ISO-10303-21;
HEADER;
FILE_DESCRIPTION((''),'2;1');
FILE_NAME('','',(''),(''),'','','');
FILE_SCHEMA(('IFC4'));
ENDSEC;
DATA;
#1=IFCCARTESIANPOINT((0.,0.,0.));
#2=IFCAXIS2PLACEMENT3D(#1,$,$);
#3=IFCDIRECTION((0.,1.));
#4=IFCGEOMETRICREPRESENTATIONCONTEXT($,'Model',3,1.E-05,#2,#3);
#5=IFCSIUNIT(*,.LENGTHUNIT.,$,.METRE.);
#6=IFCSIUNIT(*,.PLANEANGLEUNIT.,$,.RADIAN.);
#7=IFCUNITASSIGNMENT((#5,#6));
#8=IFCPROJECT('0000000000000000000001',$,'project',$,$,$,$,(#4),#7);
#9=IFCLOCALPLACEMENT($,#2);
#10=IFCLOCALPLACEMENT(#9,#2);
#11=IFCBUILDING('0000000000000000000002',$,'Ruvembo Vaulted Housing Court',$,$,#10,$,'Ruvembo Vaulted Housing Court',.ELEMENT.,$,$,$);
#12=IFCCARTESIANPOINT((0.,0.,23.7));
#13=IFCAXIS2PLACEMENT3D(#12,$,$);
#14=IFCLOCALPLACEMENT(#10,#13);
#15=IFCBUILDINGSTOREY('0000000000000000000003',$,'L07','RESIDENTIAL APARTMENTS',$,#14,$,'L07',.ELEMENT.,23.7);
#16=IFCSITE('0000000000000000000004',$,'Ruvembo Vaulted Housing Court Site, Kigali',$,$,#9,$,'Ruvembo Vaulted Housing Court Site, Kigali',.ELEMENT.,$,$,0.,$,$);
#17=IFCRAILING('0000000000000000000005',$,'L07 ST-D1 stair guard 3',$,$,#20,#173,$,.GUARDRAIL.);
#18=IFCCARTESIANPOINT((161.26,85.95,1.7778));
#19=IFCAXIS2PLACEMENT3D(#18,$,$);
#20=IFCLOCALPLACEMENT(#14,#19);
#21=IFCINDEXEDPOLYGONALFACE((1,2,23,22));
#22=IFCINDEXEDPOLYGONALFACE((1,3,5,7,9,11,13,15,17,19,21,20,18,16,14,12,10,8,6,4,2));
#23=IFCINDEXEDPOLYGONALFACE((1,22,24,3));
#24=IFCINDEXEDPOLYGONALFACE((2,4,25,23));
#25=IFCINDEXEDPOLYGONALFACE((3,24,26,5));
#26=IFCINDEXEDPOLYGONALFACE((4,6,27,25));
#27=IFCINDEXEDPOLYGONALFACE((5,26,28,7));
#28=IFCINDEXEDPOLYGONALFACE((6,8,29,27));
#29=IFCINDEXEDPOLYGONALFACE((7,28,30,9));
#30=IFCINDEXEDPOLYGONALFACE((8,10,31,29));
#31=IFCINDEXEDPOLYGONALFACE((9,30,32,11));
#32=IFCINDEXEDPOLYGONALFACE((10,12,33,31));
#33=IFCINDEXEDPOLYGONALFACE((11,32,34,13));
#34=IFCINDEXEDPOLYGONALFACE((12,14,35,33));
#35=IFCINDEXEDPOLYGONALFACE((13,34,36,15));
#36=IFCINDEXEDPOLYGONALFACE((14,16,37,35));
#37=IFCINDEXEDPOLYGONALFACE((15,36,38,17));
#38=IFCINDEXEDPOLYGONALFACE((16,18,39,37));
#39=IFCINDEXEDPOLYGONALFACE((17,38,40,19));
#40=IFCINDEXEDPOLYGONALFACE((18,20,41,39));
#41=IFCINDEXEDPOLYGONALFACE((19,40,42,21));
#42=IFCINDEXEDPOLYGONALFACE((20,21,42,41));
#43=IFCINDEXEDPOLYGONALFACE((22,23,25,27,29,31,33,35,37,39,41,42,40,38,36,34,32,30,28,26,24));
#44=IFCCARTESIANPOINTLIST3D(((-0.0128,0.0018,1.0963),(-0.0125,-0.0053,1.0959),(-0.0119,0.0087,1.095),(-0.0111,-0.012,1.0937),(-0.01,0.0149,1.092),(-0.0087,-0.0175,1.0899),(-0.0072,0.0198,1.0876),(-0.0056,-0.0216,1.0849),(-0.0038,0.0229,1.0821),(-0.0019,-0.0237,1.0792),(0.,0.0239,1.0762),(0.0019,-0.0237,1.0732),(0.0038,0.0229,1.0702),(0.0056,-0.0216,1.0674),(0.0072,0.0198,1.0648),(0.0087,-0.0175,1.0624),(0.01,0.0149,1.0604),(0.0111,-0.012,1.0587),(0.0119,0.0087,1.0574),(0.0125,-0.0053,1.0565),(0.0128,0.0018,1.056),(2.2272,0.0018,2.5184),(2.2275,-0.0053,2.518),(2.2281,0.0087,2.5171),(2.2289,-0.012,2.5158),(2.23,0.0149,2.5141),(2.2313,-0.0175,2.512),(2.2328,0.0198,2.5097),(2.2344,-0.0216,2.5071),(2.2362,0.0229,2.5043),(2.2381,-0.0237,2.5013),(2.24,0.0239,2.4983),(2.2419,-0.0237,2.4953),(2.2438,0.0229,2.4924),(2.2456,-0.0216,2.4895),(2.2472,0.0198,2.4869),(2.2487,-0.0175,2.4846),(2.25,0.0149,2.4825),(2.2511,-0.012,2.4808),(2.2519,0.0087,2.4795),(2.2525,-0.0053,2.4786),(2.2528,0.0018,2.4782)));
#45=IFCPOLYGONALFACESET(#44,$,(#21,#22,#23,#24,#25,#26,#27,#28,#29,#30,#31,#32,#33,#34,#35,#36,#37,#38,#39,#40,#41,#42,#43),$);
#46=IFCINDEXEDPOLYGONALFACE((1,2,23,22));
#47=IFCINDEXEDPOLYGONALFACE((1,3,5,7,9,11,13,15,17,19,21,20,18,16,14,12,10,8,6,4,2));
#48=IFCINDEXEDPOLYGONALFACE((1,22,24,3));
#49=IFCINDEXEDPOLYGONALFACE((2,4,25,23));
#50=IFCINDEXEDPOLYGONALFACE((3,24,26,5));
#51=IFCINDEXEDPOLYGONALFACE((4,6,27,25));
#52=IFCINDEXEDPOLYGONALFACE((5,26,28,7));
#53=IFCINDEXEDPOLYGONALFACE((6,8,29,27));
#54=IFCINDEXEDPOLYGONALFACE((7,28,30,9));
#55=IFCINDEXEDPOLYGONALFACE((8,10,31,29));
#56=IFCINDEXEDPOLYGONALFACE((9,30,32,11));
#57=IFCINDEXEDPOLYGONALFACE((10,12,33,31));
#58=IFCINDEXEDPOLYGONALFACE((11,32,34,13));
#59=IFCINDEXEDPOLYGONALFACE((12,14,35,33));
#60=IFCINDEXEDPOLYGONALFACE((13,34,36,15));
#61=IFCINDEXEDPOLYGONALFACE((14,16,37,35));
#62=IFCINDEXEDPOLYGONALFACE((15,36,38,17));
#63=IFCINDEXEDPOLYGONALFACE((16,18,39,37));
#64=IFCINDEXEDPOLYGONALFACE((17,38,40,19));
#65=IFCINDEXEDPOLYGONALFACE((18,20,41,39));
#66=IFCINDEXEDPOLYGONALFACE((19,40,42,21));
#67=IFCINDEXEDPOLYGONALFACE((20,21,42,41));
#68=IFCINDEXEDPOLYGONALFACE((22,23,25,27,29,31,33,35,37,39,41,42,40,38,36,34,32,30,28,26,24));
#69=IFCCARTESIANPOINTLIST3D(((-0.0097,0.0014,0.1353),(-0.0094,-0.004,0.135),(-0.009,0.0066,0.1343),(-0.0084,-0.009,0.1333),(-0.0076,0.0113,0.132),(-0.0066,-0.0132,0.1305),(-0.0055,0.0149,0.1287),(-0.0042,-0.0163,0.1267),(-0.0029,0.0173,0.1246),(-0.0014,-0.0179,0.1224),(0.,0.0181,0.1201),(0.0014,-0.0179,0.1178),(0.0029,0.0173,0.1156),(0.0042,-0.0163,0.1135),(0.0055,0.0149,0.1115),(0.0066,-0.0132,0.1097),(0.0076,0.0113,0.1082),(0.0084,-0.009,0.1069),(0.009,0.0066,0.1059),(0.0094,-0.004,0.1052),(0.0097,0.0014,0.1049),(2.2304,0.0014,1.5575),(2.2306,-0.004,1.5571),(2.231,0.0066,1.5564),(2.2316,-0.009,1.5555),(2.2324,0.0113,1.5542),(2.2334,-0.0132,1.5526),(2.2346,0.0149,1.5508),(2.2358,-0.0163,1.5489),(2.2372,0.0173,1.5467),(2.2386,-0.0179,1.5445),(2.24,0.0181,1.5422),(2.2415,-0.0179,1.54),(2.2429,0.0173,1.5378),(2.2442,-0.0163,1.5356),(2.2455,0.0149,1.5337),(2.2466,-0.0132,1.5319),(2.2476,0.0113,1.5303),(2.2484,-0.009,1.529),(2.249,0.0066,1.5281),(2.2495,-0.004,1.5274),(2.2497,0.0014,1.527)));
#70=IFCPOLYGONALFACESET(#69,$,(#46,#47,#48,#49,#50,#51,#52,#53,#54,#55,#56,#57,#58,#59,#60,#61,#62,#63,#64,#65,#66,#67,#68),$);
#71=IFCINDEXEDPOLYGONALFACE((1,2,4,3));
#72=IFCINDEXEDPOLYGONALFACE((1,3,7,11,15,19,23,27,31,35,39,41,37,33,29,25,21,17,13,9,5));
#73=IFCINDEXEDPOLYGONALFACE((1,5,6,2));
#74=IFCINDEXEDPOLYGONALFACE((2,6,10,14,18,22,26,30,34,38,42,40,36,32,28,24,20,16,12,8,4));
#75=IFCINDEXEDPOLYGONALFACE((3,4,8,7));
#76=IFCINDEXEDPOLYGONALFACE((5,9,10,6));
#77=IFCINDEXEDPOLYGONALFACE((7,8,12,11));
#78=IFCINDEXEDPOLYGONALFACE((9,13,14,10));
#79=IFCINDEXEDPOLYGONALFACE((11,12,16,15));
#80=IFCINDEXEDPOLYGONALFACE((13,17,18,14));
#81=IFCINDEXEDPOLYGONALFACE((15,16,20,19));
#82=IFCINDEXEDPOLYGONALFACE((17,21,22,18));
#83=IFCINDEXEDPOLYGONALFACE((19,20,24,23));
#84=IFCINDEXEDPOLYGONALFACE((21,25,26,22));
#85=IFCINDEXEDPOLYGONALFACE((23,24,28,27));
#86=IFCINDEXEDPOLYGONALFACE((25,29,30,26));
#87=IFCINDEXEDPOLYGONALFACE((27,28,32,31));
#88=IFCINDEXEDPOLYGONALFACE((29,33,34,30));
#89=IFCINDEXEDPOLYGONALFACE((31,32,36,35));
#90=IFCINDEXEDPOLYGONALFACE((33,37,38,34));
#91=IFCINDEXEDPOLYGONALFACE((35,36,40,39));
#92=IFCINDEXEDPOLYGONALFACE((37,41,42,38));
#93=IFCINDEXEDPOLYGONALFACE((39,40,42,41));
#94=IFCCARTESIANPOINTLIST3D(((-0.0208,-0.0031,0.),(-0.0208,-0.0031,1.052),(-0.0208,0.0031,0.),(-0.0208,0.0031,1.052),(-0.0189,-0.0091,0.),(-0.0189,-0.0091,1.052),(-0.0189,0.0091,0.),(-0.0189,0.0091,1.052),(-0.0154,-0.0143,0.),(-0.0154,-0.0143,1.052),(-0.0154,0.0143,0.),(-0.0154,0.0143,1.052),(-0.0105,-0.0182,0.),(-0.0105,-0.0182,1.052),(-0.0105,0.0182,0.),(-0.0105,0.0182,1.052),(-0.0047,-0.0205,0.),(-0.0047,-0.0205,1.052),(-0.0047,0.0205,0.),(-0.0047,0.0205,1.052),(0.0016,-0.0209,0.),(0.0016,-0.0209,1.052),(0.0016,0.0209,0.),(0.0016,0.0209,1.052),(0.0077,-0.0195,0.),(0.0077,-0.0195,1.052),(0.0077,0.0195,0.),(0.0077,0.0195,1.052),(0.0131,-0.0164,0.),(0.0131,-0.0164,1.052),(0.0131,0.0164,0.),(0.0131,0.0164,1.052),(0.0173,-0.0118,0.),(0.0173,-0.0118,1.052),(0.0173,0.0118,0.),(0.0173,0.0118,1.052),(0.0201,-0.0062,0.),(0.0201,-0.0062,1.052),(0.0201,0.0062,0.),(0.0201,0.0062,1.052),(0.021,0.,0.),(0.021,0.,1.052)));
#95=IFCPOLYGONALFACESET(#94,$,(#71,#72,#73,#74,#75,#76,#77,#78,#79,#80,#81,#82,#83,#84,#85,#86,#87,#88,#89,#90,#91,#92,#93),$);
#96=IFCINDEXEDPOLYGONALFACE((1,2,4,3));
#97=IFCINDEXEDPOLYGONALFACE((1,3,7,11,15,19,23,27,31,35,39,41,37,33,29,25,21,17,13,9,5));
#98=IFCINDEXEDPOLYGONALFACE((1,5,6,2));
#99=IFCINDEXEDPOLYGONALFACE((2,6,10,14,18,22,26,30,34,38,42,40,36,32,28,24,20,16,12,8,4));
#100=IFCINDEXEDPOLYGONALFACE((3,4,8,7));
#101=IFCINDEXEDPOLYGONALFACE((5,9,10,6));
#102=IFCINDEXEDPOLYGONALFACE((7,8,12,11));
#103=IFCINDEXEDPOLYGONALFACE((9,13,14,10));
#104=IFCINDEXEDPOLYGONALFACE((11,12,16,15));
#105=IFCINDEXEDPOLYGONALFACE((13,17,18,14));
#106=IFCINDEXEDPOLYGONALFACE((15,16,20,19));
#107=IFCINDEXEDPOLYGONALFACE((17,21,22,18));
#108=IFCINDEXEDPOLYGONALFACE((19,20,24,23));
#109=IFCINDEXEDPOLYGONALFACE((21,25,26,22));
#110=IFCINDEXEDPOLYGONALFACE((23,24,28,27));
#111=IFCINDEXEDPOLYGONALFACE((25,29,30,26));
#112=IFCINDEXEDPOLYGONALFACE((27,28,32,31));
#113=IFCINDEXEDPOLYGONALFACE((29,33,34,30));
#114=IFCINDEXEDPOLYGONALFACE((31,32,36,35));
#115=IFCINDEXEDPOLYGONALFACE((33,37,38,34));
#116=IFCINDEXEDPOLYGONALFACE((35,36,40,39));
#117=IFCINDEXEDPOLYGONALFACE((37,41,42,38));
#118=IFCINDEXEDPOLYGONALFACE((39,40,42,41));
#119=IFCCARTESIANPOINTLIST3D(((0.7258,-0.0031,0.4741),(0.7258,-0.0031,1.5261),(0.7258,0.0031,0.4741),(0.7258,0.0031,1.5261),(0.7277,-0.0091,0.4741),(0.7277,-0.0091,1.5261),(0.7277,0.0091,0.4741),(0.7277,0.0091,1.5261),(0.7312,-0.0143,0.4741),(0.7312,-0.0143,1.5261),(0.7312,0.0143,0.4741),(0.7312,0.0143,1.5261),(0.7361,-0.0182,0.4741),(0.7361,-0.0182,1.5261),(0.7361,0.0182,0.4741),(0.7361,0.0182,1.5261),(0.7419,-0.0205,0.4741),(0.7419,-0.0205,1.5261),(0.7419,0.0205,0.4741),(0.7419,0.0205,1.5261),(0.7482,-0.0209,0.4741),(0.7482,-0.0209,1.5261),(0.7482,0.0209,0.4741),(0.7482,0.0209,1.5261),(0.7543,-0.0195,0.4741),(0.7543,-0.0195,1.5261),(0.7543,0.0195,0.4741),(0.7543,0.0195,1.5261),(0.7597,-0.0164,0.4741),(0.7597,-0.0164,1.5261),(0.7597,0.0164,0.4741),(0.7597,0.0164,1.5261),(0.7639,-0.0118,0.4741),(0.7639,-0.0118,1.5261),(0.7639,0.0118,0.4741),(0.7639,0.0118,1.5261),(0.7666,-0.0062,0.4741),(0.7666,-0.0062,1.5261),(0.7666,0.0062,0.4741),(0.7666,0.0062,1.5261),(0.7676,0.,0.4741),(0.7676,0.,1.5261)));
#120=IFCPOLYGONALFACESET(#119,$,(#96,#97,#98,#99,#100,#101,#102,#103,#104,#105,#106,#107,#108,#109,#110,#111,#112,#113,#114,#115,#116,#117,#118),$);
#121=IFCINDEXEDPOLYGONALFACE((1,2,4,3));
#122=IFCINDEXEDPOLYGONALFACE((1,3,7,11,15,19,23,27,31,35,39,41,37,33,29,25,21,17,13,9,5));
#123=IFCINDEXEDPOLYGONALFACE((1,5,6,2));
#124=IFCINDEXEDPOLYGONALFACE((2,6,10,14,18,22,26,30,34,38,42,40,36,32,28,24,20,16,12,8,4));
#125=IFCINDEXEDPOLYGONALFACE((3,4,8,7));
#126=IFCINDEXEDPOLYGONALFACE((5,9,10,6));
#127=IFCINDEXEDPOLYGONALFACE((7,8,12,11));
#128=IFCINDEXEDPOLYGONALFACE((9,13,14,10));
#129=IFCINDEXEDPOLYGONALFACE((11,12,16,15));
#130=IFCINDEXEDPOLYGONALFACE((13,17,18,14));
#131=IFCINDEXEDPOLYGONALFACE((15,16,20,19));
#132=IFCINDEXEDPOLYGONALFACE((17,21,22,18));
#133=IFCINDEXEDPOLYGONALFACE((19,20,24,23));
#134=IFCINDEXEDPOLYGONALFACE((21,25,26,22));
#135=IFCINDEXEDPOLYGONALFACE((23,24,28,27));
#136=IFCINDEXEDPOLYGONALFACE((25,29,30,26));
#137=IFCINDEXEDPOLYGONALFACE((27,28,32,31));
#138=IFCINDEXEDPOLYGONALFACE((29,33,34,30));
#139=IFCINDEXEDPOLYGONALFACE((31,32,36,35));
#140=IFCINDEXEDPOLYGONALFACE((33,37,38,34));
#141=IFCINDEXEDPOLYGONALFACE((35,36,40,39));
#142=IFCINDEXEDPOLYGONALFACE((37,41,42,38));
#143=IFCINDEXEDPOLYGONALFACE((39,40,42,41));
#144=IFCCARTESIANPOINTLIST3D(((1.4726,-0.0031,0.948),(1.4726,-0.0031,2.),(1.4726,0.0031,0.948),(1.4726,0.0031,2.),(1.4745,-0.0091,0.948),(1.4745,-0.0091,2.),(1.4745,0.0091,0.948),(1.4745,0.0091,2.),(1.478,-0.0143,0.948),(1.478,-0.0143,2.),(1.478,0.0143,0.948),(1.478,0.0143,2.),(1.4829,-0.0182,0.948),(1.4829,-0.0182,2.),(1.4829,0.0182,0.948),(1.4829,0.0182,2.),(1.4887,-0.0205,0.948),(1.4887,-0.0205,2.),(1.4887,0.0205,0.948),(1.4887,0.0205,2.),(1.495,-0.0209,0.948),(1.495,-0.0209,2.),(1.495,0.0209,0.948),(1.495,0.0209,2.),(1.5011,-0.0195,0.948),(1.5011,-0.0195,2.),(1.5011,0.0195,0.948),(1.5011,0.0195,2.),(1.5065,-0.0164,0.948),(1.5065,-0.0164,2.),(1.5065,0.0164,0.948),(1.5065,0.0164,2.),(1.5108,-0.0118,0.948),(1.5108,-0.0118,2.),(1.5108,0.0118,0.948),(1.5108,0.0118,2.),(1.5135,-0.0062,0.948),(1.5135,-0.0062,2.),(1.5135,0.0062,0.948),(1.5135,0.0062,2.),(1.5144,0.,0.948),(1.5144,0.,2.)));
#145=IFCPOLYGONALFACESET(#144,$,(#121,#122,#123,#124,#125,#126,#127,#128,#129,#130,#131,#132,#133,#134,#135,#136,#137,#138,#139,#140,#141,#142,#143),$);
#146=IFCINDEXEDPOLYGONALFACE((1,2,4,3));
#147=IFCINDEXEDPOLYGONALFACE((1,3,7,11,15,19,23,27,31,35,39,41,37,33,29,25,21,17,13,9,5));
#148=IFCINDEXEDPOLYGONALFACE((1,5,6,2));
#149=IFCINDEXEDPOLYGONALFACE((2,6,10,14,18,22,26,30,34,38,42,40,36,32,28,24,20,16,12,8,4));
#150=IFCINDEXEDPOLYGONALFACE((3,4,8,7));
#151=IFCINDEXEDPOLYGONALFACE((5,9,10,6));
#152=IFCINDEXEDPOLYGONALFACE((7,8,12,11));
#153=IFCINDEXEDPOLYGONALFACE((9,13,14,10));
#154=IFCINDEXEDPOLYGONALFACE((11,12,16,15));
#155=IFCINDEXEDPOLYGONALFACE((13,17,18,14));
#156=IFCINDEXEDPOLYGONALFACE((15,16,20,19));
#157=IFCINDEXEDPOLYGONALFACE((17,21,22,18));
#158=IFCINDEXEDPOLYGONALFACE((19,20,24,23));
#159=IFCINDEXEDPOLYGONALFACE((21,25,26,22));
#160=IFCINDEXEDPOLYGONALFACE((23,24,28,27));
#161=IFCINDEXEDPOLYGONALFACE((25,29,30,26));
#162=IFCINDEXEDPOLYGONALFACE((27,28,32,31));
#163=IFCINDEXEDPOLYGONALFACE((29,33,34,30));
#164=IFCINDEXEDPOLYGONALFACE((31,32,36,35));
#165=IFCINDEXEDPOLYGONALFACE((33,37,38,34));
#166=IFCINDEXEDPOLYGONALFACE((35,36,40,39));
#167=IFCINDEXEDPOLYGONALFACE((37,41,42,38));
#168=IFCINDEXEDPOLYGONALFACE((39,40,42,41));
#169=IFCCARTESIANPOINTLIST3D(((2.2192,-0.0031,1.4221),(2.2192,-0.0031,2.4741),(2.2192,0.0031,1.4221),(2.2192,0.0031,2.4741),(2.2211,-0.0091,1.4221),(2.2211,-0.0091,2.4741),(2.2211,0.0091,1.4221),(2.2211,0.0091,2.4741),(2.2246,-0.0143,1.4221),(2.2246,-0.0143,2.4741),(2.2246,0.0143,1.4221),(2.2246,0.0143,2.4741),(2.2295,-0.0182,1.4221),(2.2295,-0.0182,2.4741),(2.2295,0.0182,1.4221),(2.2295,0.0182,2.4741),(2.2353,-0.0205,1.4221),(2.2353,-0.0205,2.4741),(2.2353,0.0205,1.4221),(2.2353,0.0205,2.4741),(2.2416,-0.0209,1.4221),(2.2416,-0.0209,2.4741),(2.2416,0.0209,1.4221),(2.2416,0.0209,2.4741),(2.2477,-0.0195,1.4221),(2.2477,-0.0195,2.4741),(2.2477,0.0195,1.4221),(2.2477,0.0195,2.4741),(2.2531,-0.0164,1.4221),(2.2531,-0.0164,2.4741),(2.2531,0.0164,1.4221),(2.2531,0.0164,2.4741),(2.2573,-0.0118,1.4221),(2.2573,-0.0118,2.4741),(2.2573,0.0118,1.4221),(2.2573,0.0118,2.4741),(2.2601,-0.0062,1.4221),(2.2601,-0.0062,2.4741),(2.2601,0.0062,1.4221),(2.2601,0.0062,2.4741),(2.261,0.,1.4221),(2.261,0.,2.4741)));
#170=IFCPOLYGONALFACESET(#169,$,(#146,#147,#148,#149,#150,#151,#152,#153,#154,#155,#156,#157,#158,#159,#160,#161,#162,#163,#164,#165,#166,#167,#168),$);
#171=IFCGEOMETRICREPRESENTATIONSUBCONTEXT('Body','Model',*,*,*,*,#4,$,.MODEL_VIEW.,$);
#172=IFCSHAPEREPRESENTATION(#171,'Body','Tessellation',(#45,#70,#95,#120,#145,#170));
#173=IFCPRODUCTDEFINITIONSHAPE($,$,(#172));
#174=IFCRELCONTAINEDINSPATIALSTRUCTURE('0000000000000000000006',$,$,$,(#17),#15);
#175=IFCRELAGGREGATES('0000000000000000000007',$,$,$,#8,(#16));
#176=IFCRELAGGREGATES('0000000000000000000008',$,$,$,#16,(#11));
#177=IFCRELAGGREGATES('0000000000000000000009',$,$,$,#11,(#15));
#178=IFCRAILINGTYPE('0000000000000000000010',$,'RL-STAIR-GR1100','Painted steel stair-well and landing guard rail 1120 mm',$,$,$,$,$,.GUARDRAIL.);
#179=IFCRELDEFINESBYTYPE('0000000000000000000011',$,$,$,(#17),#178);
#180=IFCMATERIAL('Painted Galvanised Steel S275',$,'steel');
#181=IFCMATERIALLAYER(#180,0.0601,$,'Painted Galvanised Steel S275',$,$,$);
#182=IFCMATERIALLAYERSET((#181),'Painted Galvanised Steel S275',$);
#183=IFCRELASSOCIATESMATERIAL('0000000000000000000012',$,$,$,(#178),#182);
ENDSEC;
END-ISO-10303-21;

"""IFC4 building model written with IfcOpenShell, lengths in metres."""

from ifc_helpers import new_model, si_unit, direction, frame, origin, origin_2d, place, context, subcontext, project, spatial, circle, extrude, material, layer, layer_set, type_object, element, save


model = new_model("IFC4")

# Units and contexts
model_context = context("Model", 3, precision=1e-05, world=origin(), true_north=direction((0.0, 1.0)))
body_context = subcontext(model_context, "Body", "Model", "MODEL_VIEW")
ifc_project = project(units=[si_unit("LENGTHUNIT", "METRE"), si_unit("PLANEANGLEUNIT", "RADIAN")], contexts=[model_context])

# Site, building, storey
site_placement = place(None, origin())
site = spatial("IfcSite", under=ifc_project, at=site_placement, Name="Ruvembo Vaulted Housing Court Site, Kigali", LongName="Ruvembo Vaulted Housing Court Site, Kigali", CompositionType="ELEMENT", RefElevation=0.0)
building_placement = place(site_placement, origin())
building = spatial("IfcBuilding", under=site, at=building_placement, Name="Ruvembo Vaulted Housing Court", LongName="Ruvembo Vaulted Housing Court", CompositionType="ELEMENT")
storey_placement = place(building_placement, frame((0.0, 0.0, 23.7)))
storey = spatial("IfcBuildingStorey", under=building, at=storey_placement, Name="L07", Description="RESIDENTIAL APARTMENTS", LongName="L07", CompositionType="ELEMENT", Elevation=23.7)

# Railing
ifc_material_1 = material(Name="Painted Galvanised Steel S275", Category="steel")
ifc_layer_1 = layer(ifc_material_1, 0.0601, Name="Painted Galvanised Steel S275")
ifc_layer_set_1 = layer_set([ifc_layer_1], Name="Painted Galvanised Steel S275")
railing_type_1 = type_object("IfcRailingType", Name="RL-STAIR-GR1100", Description="Painted steel stair-well and landing guard rail 1120 mm", PredefinedType="GUARDRAIL", material=ifc_layer_set_1)
railing_1_placement = place(storey_placement, frame((161.26, 85.95, 1.7778)))
element("IfcRailing", 1, at=railing_1_placement, inside=storey, type_object=railing_type_1, Name="L07 ST-D1 stair guard 3", PredefinedType="GUARDRAIL", context=body_context, shape_type="SweptSolid", body=[
    extrude(circle(Radius=0.0239, at=origin_2d()), frame((0.0, 0.0, 1.0762), z_axis=(0.844229, 0.0, 0.535982), x_axis=(0.0, 1.0, 0.0)), (0.0, 0.0, 1.0), 2.6533),
    extrude(circle(Radius=0.0181, at=origin_2d()), frame((0.0, 0.0, 0.1201), z_axis=(0.844229, 0.0, 0.535982), x_axis=(0.0, 1.0, 0.0)), (0.0, 0.0, 1.0), 2.6533),
    extrude(circle(Radius=0.021, at=origin_2d()), origin(), (0.0, 0.0, 1.0), 1.052),
    extrude(circle(Radius=0.021, at=origin_2d()), frame((0.7466, 0.0, 0.4741)), (0.0, 0.0, 1.0), 1.052),
    extrude(circle(Radius=0.021, at=origin_2d()), frame((1.4934, 0.0, 0.948)), (0.0, 0.0, 1.0), 1.052),
    extrude(circle(Radius=0.021, at=origin_2d()), frame((2.24, 0.0, 1.4221)), (0.0, 0.0, 1.0), 1.052),
])

save(model, "model.ifc")
